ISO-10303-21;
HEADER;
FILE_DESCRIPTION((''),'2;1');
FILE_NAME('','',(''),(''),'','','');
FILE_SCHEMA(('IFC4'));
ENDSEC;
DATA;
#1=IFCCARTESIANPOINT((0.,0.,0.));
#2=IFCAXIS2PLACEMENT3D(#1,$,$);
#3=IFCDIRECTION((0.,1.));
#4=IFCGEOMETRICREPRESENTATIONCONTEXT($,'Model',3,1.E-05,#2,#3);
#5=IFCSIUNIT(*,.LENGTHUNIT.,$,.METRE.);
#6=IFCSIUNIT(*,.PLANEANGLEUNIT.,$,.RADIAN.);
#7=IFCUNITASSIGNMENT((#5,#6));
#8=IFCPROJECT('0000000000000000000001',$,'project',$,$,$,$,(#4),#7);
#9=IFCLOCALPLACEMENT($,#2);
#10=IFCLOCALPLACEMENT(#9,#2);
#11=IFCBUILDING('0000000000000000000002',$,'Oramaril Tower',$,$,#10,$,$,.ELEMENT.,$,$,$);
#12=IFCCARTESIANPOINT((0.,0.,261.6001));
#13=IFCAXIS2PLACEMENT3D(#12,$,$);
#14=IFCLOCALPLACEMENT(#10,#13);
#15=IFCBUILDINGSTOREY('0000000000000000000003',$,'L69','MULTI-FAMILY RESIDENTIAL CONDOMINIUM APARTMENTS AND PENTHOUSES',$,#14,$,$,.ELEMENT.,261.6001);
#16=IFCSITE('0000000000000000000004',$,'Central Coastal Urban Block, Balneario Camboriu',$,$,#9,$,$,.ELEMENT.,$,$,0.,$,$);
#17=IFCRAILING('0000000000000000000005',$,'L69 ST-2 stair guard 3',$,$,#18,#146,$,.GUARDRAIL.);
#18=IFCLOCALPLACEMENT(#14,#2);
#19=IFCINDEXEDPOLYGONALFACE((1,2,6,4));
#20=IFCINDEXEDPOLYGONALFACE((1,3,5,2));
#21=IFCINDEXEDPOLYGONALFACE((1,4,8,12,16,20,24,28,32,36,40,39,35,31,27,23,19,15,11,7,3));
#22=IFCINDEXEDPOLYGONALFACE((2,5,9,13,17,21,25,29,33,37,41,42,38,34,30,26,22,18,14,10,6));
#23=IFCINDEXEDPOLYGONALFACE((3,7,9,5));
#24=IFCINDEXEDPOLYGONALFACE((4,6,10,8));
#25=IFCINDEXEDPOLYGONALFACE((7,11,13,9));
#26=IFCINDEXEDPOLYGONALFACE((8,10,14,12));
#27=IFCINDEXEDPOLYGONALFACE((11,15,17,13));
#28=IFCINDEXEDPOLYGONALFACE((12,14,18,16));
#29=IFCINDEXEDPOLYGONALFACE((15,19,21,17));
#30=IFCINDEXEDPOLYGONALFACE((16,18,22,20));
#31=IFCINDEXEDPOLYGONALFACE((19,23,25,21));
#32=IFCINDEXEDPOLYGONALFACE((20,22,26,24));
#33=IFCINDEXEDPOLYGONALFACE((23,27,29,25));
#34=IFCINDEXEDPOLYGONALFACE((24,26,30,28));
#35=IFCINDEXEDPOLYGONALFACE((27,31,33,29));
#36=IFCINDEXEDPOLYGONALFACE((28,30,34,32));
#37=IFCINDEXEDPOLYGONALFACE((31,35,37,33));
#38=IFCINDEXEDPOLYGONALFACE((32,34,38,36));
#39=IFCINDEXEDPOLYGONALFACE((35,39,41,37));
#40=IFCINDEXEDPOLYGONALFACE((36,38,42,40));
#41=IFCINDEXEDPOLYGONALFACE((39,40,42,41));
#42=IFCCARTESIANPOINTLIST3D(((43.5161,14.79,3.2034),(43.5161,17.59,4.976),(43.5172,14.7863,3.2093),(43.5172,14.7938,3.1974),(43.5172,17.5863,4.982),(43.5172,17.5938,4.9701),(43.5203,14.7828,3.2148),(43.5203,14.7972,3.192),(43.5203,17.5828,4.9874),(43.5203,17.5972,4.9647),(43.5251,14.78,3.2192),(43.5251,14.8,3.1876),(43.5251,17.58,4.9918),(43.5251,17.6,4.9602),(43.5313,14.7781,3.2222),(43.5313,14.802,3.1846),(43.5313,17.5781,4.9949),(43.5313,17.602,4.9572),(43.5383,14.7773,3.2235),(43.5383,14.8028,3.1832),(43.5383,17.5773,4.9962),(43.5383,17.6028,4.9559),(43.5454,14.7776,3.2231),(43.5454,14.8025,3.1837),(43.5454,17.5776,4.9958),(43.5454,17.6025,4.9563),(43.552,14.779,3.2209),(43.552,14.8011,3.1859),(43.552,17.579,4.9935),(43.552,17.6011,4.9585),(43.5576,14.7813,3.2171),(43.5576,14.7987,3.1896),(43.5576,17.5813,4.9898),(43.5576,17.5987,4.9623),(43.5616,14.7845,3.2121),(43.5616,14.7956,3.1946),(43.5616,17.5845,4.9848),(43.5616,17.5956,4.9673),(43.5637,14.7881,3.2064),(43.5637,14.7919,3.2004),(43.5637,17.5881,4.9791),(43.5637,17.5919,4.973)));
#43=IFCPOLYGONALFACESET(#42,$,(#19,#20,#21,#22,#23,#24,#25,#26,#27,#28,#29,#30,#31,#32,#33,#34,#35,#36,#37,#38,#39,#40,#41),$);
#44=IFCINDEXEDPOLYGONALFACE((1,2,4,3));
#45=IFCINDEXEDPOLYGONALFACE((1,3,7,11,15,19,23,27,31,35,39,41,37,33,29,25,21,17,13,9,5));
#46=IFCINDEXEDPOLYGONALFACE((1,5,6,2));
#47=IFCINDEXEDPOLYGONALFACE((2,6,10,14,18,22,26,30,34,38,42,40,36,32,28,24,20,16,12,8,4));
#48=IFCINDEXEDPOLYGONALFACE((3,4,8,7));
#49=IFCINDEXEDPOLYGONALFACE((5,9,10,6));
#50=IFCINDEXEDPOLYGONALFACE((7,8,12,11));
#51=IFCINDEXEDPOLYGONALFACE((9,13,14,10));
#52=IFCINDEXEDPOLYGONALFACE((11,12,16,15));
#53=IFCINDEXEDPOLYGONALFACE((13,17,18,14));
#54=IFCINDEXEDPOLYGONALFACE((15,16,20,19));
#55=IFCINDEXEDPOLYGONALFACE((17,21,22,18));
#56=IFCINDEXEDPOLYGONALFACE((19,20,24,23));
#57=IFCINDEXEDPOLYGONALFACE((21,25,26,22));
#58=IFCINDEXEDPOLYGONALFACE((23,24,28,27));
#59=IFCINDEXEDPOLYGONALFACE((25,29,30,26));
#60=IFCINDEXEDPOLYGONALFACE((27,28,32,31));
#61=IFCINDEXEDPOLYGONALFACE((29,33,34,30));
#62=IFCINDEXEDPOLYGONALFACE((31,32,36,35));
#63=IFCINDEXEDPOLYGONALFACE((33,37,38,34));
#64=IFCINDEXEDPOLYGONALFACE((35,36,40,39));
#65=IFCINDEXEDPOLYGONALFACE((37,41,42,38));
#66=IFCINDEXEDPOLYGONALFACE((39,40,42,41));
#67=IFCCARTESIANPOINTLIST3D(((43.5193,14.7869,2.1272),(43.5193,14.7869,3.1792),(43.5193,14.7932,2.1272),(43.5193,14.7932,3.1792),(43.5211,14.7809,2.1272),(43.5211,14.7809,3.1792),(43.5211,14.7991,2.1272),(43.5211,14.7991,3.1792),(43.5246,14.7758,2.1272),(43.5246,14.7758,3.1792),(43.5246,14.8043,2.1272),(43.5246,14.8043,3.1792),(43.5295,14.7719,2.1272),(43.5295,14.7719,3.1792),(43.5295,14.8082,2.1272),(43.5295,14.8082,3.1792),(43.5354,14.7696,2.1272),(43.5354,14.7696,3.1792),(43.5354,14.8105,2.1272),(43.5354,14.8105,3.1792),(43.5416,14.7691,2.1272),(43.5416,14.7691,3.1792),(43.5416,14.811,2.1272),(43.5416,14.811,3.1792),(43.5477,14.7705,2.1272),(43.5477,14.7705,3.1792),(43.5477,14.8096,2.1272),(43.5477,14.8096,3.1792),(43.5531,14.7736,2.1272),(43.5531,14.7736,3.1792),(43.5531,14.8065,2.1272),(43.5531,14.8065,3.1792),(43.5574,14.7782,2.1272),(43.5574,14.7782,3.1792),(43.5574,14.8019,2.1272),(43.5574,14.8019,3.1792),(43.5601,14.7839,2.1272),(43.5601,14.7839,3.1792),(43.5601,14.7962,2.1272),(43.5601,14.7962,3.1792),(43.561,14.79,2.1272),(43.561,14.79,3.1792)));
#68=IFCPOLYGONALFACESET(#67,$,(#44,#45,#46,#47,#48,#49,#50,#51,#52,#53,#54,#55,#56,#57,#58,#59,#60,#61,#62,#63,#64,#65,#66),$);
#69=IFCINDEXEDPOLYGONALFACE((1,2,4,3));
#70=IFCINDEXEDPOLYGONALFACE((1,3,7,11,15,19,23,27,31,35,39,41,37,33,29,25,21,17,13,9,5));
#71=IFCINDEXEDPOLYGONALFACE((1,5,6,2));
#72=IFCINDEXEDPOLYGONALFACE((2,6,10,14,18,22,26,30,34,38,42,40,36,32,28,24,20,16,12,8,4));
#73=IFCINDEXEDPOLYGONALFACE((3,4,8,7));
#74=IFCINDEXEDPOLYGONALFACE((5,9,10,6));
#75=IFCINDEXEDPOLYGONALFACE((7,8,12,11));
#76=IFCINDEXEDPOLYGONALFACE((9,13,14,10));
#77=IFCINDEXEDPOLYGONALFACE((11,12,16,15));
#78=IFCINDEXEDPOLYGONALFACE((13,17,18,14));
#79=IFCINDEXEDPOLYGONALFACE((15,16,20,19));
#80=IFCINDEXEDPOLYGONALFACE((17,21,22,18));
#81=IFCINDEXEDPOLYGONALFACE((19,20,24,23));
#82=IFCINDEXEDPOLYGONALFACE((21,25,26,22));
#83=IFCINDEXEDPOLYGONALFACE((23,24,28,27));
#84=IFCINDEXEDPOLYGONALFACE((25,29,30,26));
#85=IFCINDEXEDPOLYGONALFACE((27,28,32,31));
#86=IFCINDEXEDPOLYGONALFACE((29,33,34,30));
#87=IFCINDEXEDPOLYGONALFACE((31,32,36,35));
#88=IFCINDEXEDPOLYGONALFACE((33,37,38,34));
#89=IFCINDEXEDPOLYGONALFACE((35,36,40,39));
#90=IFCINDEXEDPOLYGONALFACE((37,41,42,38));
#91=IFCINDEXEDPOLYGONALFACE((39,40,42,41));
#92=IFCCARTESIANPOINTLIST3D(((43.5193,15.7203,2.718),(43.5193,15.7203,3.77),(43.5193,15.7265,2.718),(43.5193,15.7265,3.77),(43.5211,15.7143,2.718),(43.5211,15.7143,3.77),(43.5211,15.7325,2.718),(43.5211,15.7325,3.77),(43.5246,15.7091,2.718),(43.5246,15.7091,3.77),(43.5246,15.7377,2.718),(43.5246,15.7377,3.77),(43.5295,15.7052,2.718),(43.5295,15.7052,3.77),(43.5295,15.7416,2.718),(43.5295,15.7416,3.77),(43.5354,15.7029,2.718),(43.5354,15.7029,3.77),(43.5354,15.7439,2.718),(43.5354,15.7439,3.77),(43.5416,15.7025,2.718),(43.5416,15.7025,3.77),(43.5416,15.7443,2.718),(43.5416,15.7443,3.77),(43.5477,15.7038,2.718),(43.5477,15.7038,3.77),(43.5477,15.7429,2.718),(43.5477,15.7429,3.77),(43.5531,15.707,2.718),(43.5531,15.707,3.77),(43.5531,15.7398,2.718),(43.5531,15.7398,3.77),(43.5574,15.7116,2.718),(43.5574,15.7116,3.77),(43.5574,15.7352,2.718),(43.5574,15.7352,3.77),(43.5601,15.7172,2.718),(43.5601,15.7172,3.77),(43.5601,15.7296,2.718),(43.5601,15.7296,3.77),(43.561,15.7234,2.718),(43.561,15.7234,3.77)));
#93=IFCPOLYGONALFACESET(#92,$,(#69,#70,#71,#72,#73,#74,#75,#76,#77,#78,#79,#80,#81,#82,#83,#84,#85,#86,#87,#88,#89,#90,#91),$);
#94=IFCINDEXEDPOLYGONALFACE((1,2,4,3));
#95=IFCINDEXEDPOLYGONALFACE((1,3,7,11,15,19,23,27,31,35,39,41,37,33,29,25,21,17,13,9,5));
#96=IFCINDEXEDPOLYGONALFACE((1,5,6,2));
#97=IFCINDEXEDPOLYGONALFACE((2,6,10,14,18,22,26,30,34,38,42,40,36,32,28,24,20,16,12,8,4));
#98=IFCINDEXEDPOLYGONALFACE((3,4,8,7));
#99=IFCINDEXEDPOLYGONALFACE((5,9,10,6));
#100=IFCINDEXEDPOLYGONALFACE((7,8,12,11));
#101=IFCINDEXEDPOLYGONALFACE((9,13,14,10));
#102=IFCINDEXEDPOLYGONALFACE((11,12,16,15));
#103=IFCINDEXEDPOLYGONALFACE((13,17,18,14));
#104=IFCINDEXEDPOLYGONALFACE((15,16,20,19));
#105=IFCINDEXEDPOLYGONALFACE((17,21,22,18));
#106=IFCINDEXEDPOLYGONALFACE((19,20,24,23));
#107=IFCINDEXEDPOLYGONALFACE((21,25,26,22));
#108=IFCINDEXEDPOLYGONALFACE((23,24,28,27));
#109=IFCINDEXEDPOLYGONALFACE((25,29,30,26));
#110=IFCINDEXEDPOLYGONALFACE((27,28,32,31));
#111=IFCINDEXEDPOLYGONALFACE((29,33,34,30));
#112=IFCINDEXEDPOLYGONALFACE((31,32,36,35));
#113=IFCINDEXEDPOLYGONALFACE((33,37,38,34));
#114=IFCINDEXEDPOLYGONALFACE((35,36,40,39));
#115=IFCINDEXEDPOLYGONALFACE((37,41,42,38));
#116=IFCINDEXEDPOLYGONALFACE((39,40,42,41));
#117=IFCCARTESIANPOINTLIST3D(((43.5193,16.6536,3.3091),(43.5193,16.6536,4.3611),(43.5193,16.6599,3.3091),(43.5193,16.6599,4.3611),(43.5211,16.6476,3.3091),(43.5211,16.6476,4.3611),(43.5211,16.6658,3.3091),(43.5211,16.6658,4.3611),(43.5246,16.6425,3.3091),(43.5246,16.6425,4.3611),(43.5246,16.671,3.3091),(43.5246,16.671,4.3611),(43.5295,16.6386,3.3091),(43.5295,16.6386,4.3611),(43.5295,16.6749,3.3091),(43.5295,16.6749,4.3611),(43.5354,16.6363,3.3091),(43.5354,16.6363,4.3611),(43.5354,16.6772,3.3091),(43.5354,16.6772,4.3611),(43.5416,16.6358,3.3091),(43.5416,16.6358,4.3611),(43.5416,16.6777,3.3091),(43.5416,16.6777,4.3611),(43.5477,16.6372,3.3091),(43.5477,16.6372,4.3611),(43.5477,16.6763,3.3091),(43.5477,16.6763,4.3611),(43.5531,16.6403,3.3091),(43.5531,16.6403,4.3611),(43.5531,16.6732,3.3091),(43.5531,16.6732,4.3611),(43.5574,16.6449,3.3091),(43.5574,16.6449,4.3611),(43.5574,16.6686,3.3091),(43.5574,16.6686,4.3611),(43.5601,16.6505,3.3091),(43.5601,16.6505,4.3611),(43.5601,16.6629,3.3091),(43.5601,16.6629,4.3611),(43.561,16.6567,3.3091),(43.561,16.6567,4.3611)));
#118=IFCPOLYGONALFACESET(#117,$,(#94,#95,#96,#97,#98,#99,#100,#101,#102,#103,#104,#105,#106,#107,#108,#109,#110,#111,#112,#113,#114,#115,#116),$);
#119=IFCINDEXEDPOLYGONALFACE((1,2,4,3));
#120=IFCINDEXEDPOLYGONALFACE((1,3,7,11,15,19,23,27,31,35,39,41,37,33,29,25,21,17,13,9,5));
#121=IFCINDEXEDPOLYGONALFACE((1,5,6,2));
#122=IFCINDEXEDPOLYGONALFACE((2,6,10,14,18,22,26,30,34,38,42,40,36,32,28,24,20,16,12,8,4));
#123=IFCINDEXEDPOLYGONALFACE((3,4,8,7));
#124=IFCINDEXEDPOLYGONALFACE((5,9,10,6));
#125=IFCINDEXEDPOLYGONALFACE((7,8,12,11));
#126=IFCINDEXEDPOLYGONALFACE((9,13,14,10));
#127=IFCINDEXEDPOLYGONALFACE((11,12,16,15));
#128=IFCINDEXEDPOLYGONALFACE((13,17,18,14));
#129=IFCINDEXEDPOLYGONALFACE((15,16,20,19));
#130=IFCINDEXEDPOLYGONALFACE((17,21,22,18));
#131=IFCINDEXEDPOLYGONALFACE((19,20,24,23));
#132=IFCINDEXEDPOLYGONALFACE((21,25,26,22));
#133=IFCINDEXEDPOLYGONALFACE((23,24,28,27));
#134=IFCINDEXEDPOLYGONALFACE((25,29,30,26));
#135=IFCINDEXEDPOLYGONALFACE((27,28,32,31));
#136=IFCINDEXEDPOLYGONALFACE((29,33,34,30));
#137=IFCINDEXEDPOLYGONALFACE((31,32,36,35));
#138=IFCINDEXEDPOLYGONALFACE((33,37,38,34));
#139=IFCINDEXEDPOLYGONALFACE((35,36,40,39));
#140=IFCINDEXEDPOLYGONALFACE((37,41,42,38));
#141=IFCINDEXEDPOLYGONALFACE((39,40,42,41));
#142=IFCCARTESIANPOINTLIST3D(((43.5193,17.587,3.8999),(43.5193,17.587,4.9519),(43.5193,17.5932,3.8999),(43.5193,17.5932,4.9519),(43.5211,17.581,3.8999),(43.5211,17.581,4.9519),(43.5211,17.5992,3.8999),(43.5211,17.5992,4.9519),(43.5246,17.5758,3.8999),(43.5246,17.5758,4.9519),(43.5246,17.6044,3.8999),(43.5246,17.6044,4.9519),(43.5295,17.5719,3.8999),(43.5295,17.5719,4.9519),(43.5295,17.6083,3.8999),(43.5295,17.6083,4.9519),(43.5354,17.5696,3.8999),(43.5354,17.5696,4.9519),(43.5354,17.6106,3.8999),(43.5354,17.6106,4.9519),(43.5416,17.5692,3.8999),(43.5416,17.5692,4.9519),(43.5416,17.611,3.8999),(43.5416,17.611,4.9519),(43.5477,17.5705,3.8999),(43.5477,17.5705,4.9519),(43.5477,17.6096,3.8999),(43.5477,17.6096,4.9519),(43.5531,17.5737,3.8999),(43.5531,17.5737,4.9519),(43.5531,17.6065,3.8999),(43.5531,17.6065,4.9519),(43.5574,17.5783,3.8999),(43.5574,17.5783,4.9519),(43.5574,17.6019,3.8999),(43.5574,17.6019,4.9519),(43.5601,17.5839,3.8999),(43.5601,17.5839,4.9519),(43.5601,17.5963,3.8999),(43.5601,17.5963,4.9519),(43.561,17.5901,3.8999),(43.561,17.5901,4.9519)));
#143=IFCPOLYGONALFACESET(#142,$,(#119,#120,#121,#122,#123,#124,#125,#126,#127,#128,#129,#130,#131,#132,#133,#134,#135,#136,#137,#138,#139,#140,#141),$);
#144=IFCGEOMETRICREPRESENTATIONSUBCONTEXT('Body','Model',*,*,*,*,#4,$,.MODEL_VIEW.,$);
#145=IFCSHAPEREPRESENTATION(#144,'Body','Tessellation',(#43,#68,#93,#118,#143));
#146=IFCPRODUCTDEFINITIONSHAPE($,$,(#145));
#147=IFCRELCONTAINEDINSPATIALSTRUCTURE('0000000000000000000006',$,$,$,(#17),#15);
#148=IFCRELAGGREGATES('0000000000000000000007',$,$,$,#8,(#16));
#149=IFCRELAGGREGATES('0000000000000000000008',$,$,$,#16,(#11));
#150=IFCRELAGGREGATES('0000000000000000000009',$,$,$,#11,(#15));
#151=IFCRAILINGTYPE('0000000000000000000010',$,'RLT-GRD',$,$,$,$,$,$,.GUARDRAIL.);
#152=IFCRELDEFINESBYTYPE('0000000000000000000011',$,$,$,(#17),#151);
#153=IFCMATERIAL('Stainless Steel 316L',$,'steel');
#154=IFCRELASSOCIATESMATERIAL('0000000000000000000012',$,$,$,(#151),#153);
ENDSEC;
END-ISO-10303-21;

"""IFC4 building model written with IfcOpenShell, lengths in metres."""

from ifc_helpers import new_model, si_unit, direction, frame, origin, origin_2d, place, context, subcontext, project, spatial, circle, extrude, material, type_object, element, save


model = new_model("IFC4")

# Units and contexts
model_context = context("Model", 3, precision=1e-05, world=origin(), true_north=direction((0.0, 1.0)))
body_context = subcontext(model_context, "Body", "Model", "MODEL_VIEW")
ifc_project = project(units=[si_unit("LENGTHUNIT", "METRE"), si_unit("PLANEANGLEUNIT", "RADIAN")], contexts=[model_context])

# Site, building, storey
site_placement = place(None, origin())
site = spatial("IfcSite", under=ifc_project, at=site_placement, Name="Central Coastal Urban Block, Balneario Camboriu", CompositionType="ELEMENT", RefElevation=0.0)
building_placement = place(site_placement, origin())
building = spatial("IfcBuilding", under=site, at=building_placement, Name="Oramaril Tower", CompositionType="ELEMENT")
storey_placement = place(building_placement, frame((0.0, 0.0, 261.6001)))
storey = spatial("IfcBuildingStorey", under=building, at=storey_placement, Name="L69", Description="MULTI-FAMILY RESIDENTIAL CONDOMINIUM APARTMENTS AND PENTHOUSES", CompositionType="ELEMENT", Elevation=261.6001)

# Railing
ifc_material_1 = material(Name="Stainless Steel 316L", Category="steel")
railing_type_1 = type_object("IfcRailingType", Name="RLT-GRD", PredefinedType="GUARDRAIL", material=ifc_material_1)
railing_1_placement = place(storey_placement, frame((43.54, 14.79, 2.1272)))
element("IfcRailing", 1, at=railing_1_placement, inside=storey, type_object=railing_type_1, Name="L69 ST-2 stair guard 3", PredefinedType="GUARDRAIL", context=body_context, shape_type="SweptSolid", body=[
    extrude(circle(Radius=0.0239, at=origin_2d()), frame((0.0, 0.0, 1.0762), z_axis=(0.0, 0.844909, 0.53491), x_axis=(-1.0, 0.0, 0.0)), (0.0, 0.0, 1.0), 3.314),
    extrude(circle(Radius=0.021, at=origin_2d()), origin(), (0.0, 0.0, 1.0), 1.052),
    extrude(circle(Radius=0.021, at=origin_2d()), frame((0.0, 0.9333, 0.5908)), (0.0, 0.0, 1.0), 1.052),
    extrude(circle(Radius=0.021, at=origin_2d()), frame((0.0, 1.8667, 1.1819)), (0.0, 0.0, 1.0), 1.052),
    extrude(circle(Radius=0.021, at=origin_2d()), frame((0.0, 2.8, 1.7727)), (0.0, 0.0, 1.0), 1.052),
])

save(model, "model.ifc")
